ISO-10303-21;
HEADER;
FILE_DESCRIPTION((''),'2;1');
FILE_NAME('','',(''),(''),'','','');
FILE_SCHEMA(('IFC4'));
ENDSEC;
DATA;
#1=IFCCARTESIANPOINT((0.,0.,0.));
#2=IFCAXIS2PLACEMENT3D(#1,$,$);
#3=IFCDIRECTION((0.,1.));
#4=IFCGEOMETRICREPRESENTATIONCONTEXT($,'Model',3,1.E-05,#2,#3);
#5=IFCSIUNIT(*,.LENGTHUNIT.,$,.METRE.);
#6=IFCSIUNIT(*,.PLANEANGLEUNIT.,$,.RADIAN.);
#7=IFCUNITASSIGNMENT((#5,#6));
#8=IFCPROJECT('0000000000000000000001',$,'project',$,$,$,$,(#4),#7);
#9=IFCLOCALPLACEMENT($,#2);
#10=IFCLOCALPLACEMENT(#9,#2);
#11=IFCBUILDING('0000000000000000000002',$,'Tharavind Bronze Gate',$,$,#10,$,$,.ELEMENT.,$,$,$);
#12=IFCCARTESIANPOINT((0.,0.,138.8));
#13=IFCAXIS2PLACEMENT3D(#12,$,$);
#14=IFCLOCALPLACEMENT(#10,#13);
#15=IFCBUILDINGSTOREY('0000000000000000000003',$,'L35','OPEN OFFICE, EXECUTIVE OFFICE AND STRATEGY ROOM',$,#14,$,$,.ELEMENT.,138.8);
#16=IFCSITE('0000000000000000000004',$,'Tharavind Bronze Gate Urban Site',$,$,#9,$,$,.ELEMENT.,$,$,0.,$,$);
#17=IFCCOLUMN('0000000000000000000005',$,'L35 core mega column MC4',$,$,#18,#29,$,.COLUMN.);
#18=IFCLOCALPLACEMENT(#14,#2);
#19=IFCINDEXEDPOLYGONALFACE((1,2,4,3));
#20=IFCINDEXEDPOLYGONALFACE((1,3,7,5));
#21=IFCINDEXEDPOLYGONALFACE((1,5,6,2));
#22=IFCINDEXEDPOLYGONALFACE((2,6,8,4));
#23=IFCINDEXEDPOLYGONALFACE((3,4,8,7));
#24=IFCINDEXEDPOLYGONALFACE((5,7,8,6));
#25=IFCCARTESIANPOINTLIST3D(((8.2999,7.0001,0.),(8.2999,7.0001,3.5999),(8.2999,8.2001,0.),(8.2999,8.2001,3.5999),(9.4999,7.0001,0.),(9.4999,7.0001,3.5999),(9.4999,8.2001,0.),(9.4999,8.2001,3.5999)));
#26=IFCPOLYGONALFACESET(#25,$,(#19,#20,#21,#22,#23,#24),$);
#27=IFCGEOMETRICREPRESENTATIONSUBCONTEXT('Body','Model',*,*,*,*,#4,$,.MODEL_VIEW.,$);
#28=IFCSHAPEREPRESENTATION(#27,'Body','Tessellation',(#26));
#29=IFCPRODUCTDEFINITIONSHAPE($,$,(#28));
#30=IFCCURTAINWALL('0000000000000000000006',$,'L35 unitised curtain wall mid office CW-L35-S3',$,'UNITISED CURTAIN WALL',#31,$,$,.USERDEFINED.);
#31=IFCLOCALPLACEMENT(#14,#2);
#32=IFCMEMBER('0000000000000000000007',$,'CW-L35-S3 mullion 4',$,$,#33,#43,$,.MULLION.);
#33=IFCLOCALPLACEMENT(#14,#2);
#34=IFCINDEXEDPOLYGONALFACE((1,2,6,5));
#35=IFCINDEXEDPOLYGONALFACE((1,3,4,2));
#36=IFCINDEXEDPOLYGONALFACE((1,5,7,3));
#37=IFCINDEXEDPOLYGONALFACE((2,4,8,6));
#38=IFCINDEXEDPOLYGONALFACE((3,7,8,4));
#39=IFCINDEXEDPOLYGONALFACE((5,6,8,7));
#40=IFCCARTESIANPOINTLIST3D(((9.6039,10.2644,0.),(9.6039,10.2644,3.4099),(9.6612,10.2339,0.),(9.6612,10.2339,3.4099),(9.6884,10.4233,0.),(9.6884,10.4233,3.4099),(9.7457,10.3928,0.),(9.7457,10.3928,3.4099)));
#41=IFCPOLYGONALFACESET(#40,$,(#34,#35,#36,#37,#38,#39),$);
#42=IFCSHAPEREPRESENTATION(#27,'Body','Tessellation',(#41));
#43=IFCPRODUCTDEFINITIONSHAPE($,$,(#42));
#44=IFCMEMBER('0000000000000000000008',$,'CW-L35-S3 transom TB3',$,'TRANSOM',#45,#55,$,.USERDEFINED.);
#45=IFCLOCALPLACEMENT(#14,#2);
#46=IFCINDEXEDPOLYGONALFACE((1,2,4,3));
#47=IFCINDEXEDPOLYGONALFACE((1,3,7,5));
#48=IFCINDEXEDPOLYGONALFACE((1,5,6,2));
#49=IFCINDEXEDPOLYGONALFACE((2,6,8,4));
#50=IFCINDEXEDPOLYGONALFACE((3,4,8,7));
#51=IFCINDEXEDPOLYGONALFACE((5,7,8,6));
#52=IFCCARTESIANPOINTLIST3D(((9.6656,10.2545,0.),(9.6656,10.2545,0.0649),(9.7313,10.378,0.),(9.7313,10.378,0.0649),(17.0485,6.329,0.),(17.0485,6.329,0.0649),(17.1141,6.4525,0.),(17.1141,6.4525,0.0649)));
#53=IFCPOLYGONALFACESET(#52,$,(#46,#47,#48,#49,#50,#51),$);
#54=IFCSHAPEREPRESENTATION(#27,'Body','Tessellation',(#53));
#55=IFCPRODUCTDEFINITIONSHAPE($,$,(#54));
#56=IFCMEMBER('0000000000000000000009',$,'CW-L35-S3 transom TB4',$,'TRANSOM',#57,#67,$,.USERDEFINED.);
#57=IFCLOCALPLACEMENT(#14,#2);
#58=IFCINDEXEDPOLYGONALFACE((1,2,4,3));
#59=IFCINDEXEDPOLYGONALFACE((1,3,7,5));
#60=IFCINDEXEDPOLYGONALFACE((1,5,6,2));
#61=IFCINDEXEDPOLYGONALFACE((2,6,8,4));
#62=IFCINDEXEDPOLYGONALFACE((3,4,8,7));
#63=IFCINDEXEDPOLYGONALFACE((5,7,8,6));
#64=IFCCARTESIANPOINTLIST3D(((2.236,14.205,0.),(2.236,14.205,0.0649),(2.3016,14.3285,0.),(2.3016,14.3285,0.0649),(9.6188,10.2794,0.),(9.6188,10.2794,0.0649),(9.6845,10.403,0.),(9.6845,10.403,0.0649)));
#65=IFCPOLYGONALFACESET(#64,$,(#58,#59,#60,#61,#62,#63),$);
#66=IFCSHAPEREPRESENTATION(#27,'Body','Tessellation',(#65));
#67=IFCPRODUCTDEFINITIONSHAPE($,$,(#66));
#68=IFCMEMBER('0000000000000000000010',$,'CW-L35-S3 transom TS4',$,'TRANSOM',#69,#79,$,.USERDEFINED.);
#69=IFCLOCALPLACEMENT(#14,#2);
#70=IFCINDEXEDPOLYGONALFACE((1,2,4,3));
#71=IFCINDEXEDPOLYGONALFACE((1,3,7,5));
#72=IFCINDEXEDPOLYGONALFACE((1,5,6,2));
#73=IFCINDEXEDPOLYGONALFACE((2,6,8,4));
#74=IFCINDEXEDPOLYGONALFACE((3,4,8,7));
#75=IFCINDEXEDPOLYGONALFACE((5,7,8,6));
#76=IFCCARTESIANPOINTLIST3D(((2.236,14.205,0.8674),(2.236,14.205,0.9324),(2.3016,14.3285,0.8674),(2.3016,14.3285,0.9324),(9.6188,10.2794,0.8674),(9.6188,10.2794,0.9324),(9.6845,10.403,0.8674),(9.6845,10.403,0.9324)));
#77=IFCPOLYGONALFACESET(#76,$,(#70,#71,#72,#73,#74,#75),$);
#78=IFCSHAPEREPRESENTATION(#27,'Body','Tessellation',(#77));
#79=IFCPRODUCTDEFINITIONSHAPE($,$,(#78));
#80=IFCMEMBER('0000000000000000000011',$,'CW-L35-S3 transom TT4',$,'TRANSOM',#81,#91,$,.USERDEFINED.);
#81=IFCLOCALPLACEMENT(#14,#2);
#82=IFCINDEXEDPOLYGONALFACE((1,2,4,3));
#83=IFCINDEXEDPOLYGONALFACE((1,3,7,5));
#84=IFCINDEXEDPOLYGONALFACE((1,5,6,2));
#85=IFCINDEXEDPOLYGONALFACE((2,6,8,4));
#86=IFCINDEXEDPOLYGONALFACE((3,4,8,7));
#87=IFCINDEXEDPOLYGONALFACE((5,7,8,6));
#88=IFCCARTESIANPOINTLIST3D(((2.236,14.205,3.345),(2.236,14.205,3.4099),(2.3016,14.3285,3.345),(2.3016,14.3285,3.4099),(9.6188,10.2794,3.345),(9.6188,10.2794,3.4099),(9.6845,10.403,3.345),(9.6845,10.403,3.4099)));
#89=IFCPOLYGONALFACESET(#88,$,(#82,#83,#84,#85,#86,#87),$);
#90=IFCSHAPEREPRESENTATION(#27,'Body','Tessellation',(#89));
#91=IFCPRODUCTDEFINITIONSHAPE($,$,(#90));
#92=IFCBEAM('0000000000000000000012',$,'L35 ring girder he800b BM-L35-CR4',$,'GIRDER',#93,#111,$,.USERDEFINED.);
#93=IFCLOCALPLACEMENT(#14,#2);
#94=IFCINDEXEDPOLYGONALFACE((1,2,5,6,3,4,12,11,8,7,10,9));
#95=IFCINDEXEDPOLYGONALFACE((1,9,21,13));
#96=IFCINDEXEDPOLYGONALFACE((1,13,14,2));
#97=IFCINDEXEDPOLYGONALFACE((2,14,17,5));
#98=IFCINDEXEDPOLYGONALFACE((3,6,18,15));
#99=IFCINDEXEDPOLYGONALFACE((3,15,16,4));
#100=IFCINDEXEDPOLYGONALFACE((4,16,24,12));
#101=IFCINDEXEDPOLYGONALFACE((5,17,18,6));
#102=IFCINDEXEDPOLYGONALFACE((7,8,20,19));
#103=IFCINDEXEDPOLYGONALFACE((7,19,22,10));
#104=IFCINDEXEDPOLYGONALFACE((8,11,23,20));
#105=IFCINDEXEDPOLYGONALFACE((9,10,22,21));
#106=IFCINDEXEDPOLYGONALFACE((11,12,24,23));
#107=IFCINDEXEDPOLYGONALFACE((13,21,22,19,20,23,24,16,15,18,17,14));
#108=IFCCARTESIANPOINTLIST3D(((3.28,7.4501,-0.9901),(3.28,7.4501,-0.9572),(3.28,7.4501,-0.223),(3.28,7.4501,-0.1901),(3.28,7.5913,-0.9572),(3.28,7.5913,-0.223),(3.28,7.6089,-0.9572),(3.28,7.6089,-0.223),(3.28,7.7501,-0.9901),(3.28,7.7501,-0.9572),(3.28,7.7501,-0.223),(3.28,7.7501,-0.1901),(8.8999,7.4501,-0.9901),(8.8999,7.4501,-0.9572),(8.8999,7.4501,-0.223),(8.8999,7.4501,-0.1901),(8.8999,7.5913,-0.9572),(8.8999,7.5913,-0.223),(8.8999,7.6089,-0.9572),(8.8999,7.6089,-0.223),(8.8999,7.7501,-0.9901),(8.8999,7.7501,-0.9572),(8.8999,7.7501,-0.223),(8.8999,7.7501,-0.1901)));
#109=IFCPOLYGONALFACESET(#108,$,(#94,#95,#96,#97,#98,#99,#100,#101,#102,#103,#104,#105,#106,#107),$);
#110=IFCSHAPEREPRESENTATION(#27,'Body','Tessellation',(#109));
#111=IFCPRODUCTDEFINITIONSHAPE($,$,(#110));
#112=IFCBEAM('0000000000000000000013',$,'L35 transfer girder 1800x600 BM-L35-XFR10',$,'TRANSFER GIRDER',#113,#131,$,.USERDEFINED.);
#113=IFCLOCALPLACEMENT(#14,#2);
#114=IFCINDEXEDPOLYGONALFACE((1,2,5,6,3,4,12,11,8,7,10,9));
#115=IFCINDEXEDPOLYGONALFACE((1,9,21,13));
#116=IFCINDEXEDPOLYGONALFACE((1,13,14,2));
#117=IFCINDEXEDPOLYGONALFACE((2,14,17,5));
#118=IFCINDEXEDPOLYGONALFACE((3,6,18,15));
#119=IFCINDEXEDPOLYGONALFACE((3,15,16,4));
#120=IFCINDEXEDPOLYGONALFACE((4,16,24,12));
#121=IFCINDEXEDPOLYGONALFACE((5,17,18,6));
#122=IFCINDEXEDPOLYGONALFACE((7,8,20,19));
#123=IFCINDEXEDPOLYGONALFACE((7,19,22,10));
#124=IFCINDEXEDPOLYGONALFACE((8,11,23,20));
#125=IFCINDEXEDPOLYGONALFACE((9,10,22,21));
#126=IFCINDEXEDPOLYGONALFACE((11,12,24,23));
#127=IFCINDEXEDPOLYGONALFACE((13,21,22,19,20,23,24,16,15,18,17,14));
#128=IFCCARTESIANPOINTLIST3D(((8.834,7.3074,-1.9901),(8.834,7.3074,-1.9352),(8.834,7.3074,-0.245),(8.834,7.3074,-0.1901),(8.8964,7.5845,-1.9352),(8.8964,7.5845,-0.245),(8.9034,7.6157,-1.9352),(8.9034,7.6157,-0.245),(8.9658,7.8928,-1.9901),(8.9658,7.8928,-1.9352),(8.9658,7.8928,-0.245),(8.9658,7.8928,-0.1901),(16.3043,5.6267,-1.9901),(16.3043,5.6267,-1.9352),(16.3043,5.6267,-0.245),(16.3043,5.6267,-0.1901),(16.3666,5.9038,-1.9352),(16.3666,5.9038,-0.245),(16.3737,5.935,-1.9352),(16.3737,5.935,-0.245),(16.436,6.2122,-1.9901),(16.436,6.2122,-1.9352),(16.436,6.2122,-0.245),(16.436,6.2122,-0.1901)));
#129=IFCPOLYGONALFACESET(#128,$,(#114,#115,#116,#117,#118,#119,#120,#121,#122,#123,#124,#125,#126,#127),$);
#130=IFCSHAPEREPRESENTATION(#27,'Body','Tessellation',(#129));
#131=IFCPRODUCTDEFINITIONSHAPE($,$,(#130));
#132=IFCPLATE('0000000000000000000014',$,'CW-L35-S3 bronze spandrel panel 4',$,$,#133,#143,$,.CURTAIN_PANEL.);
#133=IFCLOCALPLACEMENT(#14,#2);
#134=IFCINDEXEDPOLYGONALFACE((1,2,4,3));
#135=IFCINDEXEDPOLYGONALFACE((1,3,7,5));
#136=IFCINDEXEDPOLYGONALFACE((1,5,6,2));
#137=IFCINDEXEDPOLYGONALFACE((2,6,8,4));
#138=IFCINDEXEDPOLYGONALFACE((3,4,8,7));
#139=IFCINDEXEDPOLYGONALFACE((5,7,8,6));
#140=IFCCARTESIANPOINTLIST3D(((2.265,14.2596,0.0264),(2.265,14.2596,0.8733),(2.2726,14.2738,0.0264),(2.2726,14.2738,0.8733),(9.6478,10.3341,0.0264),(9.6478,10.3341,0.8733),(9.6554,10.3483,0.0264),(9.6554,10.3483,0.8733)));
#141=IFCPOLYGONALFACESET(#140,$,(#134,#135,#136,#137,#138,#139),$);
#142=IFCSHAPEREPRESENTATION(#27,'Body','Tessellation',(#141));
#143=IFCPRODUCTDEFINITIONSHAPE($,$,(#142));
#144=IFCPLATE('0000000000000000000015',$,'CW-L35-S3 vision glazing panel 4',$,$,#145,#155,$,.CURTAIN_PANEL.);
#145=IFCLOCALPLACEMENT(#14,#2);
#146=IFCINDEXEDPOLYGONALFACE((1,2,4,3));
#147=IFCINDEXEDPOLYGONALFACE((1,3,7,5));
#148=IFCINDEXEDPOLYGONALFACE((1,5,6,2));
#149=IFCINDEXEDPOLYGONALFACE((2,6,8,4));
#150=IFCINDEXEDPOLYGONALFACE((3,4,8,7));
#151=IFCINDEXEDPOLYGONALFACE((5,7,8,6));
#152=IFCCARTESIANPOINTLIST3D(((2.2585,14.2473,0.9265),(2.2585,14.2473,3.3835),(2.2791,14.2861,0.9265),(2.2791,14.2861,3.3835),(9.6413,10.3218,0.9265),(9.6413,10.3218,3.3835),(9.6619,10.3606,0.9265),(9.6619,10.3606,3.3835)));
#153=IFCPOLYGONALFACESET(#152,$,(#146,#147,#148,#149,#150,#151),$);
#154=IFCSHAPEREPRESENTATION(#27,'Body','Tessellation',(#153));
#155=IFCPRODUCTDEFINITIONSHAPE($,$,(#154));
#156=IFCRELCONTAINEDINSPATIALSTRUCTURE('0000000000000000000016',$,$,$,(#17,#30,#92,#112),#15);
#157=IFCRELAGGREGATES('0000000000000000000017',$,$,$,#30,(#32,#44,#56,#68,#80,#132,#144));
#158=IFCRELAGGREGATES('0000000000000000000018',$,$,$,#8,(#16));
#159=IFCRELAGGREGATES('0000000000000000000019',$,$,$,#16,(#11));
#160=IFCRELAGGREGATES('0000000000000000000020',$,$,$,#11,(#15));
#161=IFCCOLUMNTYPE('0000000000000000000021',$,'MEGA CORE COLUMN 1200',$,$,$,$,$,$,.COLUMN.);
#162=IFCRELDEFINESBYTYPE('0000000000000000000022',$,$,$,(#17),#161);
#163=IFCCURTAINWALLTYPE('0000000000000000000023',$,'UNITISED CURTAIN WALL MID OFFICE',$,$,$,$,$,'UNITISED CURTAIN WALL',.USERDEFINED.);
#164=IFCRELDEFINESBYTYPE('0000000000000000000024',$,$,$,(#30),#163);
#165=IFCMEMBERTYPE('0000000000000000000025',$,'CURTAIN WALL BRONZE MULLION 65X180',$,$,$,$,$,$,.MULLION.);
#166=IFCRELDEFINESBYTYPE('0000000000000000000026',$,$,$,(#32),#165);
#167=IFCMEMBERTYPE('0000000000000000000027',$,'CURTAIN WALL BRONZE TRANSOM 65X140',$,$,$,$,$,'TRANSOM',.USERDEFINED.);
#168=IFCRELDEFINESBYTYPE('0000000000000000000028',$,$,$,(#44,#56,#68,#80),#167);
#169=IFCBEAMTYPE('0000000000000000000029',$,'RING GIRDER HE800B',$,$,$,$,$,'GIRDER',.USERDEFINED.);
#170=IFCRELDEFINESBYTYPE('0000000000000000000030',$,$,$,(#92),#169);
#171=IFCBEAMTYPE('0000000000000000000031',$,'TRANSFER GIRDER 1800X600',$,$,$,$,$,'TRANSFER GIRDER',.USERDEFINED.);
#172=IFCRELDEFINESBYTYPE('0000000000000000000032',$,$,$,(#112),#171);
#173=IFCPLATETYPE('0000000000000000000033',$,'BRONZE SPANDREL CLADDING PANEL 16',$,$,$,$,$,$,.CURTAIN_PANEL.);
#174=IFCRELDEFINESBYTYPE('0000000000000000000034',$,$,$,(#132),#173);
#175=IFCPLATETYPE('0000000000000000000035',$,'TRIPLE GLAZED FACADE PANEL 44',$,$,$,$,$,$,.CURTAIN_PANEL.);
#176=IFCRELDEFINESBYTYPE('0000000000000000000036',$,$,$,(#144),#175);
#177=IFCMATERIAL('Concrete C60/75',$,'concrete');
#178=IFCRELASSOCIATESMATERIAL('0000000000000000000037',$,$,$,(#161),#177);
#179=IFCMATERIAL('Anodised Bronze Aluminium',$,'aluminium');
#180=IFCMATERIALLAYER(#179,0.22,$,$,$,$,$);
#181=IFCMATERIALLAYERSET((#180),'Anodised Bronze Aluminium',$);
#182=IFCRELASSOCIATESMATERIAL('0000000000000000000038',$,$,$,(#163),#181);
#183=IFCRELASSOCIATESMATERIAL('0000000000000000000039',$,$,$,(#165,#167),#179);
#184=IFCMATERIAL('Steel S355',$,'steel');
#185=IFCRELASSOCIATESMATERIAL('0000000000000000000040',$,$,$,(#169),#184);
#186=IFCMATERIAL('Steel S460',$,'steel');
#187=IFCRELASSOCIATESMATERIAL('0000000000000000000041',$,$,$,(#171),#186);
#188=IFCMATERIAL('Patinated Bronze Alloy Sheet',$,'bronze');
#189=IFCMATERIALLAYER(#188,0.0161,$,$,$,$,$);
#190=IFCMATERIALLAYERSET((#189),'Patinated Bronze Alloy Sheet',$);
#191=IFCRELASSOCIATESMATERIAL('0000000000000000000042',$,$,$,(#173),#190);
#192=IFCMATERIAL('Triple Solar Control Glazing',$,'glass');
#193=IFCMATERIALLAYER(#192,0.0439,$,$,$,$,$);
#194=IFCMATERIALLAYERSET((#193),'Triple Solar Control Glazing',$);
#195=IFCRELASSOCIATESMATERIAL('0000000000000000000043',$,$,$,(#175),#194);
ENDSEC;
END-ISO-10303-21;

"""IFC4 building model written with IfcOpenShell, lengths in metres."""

from ifc_helpers import new_model, si_unit, direction, frame, origin, origin_2d, place, context, subcontext, project, spatial, rectangle, i_section, extrude, material, layer, layer_set, material_profile, profile_set, type_object, element, aggregate, save


model = new_model("IFC4")

# Units and contexts
model_context = context("Model", 3, precision=1e-05, world=origin(), true_north=direction((0.0, 1.0)))
body_context = subcontext(model_context, "Body", "Model", "MODEL_VIEW")
ifc_project = project(units=[si_unit("LENGTHUNIT", "METRE"), si_unit("PLANEANGLEUNIT", "RADIAN")], contexts=[model_context])

# Site, building, storey
site_placement = place(None, origin())
site = spatial("IfcSite", under=ifc_project, at=site_placement, Name="Tharavind Bronze Gate Urban Site", CompositionType="ELEMENT", RefElevation=0.0)
building_placement = place(site_placement, origin())
building = spatial("IfcBuilding", under=site, at=building_placement, Name="Tharavind Bronze Gate", CompositionType="ELEMENT")
storey_placement = place(building_placement, frame((0.0, 0.0, 138.8)))
storey = spatial("IfcBuildingStorey", under=building, at=storey_placement, Name="L35", Description="OPEN OFFICE, EXECUTIVE OFFICE AND STRATEGY ROOM", CompositionType="ELEMENT", Elevation=138.8)

# Column
ifc_material_1 = material(Name="Concrete C60/75", Category="concrete")
ifc_material_profile_1 = material_profile(ifc_material_1, rectangle(XDim=1.2, YDim=1.2, at=origin_2d()), Name="RCCOL1200")
ifc_profile_set_1 = profile_set([ifc_material_profile_1], Name="Concrete C60/75")
column_type = type_object("IfcColumnType", Name="MEGA CORE COLUMN 1200", PredefinedType="COLUMN", material=ifc_profile_set_1)
column_placement = place(storey_placement, frame((8.8999, 7.6001, 0.0), z_axis=(0.0, 0.0, 1.0), x_axis=(1.0, 0.0, 0.0)))
element("IfcColumn", 1, at=column_placement, inside=storey, type_object=column_type, Name="L35 core mega column MC4", PredefinedType="COLUMN", context=body_context, shape_type="SweptSolid", body=[
    extrude(rectangle(XDim=1.2, YDim=1.2, at=origin_2d()), origin(), (0.0, 0.0, 1.0), 3.5999),
])

# Curtain wall, members
ifc_material_2 = material(Name="Anodised Bronze Aluminium", Category="aluminium")
ifc_layer_1 = layer(ifc_material_2, 0.22)
ifc_layer_set_1 = layer_set([ifc_layer_1], Name="Anodised Bronze Aluminium")
curtain_wall_type = type_object("IfcCurtainWallType", Name="UNITISED CURTAIN WALL MID OFFICE", ElementType="UNITISED CURTAIN WALL", PredefinedType="USERDEFINED", material=ifc_layer_set_1)
curtain_wall_placement = place(storey_placement, origin())
curtain_wall = element("IfcCurtainWall", 2, at=curtain_wall_placement, inside=storey, type_object=curtain_wall_type, Name="L35 unitised curtain wall mid office CW-L35-S3", ObjectType="UNITISED CURTAIN WALL", PredefinedType="USERDEFINED")
member_type_1 = type_object("IfcMemberType", Name="CURTAIN WALL BRONZE MULLION 65X180", PredefinedType="MULLION", material=ifc_material_2)
member_1_placement = place(storey_placement, frame((9.6748, 10.3286, 0.0), z_axis=(0.0, 0.0, 1.0), x_axis=(-0.882948, 0.469472, 0.0)))
member_1 = element("IfcMember", 3, at=member_1_placement, type_object=member_type_1, Name="CW-L35-S3 mullion 4", PredefinedType="MULLION", context=body_context, shape_type="SweptSolid", body=[
    extrude(rectangle(XDim=0.0649, YDim=0.1799, at=origin_2d()), origin(), (0.0, 0.0, 1.0), 3.4099),
])
member_type_2 = type_object("IfcMemberType", Name="CURTAIN WALL BRONZE TRANSOM 65X140", ElementType="TRANSOM", PredefinedType="USERDEFINED", material=ifc_material_2)
member_2_placement = place(storey_placement, frame((13.3899, 8.3535, 0.0), z_axis=(0.0, 0.0, 1.0), x_axis=(-0.882948, 0.469472, 0.0)))
member_2 = element("IfcMember", 4, at=member_2_placement, type_object=member_type_2, Name="CW-L35-S3 transom TB3", ObjectType="TRANSOM", PredefinedType="USERDEFINED", context=body_context, shape_type="SweptSolid", body=[
    extrude(rectangle(XDim=8.3616, YDim=0.1399, at=origin_2d()), origin(), (0.0, 0.0, 1.0), 0.0649),
])
member_3_placement = place(storey_placement, frame((5.9602, 12.304, 0.0), z_axis=(0.0, 0.0, 1.0), x_axis=(-0.882948, 0.469472, 0.0)))
member_3 = element("IfcMember", 5, at=member_3_placement, type_object=member_type_2, Name="CW-L35-S3 transom TB4", ObjectType="TRANSOM", PredefinedType="USERDEFINED", context=body_context, shape_type="SweptSolid", body=[
    extrude(rectangle(XDim=8.3616, YDim=0.1399, at=origin_2d()), origin(), (0.0, 0.0, 1.0), 0.0649),
])
member_4_placement = place(storey_placement, frame((5.9602, 12.304, 0.8674), z_axis=(0.0, 0.0, 1.0), x_axis=(-0.882948, 0.469472, 0.0)))
member_4 = element("IfcMember", 6, at=member_4_placement, type_object=member_type_2, Name="CW-L35-S3 transom TS4", ObjectType="TRANSOM", PredefinedType="USERDEFINED", context=body_context, shape_type="SweptSolid", body=[
    extrude(rectangle(XDim=8.3616, YDim=0.1399, at=origin_2d()), origin(), (0.0, 0.0, 1.0), 0.0649),
])
member_5_placement = place(storey_placement, frame((5.9602, 12.304, 3.345), z_axis=(0.0, 0.0, 1.0), x_axis=(-0.882948, 0.469472, 0.0)))
member_5 = element("IfcMember", 7, at=member_5_placement, type_object=member_type_2, Name="CW-L35-S3 transom TT4", ObjectType="TRANSOM", PredefinedType="USERDEFINED", context=body_context, shape_type="SweptSolid", body=[
    extrude(rectangle(XDim=8.3616, YDim=0.1399, at=origin_2d()), origin(), (0.0, 0.0, 1.0), 0.0649),
])

# Beams
ifc_material_3 = material(Name="Steel S355", Category="steel")
ifc_material_profile_2 = material_profile(ifc_material_3, i_section(OverallWidth=0.3, OverallDepth=0.8, WebThickness=0.0176, FlangeThickness=0.033, at=origin_2d()), Name="HE800B")
ifc_profile_set_2 = profile_set([ifc_material_profile_2], Name="Steel S355")
beam_type_1 = type_object("IfcBeamType", Name="RING GIRDER HE800B", ElementType="GIRDER", PredefinedType="USERDEFINED", material=ifc_profile_set_2)
beam_1_placement = place(storey_placement, frame((8.8999, 7.6001, -0.5901), z_axis=(-1.0, 0.0, 0.0), x_axis=(0.0, -1.0, 0.0)))
element("IfcBeam", 8, at=beam_1_placement, inside=storey, type_object=beam_type_1, Name="L35 ring girder he800b BM-L35-CR4", ObjectType="GIRDER", PredefinedType="USERDEFINED", context=body_context, shape_type="SweptSolid", body=[
    extrude(i_section(OverallWidth=0.3, OverallDepth=0.8, WebThickness=0.0176, FlangeThickness=0.033, at=origin_2d()), origin(), (0.0, 0.0, 1.0), 5.6199),
])
ifc_material_4 = material(Name="Steel S460", Category="steel")
ifc_material_profile_3 = material_profile(ifc_material_4, i_section(OverallWidth=0.6001, OverallDepth=1.8, WebThickness=0.032, FlangeThickness=0.0549, at=origin_2d()), Name="PG1800X600")
ifc_profile_set_3 = profile_set([ifc_material_profile_3], Name="Steel S460")
beam_type_2 = type_object("IfcBeamType", Name="TRANSFER GIRDER 1800X600", ElementType="TRANSFER GIRDER", PredefinedType="USERDEFINED", material=ifc_profile_set_3)
beam_2_placement = place(storey_placement, frame((8.8999, 7.6001, -1.0901), z_axis=(0.975614, -0.219496, 0.0), x_axis=(0.219496, 0.975614, 0.0)))
element("IfcBeam", 9, at=beam_2_placement, inside=storey, type_object=beam_type_2, Name="L35 transfer girder 1800x600 BM-L35-XFR10", ObjectType="TRANSFER GIRDER", PredefinedType="USERDEFINED", context=body_context, shape_type="SweptSolid", body=[
    extrude(i_section(OverallWidth=0.6001, OverallDepth=1.8, WebThickness=0.032, FlangeThickness=0.0549, at=origin_2d()), origin(), (0.0, 0.0, 1.0), 7.657),
])

# Plates
ifc_material_5 = material(Name="Patinated Bronze Alloy Sheet", Category="bronze")
ifc_layer_2 = layer(ifc_material_5, 0.0161)
ifc_layer_set_2 = layer_set([ifc_layer_2], Name="Patinated Bronze Alloy Sheet")
plate_type_1 = type_object("IfcPlateType", Name="BRONZE SPANDREL CLADDING PANEL 16", PredefinedType="CURTAIN_PANEL", material=ifc_layer_set_2)
plate_1_placement = place(storey_placement, frame((5.9602, 12.304, 0.0264), z_axis=(0.0, 0.0, 1.0), x_axis=(-0.882948, 0.469472, 0.0)))
plate_1 = element("IfcPlate", 10, at=plate_1_placement, type_object=plate_type_1, Name="CW-L35-S3 bronze spandrel panel 4", PredefinedType="CURTAIN_PANEL", context=body_context, shape_type="SweptSolid", body=[
    extrude(rectangle(XDim=8.3616, YDim=0.0161, at=origin_2d()), origin(), (0.0, 0.0, 1.0), 0.8469),
])
ifc_material_6 = material(Name="Triple Solar Control Glazing", Category="glass")
ifc_layer_3 = layer(ifc_material_6, 0.0439)
ifc_layer_set_3 = layer_set([ifc_layer_3], Name="Triple Solar Control Glazing")
plate_type_2 = type_object("IfcPlateType", Name="TRIPLE GLAZED FACADE PANEL 44", PredefinedType="CURTAIN_PANEL", material=ifc_layer_set_3)
plate_2_placement = place(storey_placement, frame((5.9602, 12.304, 0.9265), z_axis=(0.0, 0.0, 1.0), x_axis=(-0.882948, 0.469472, 0.0)))
plate_2 = element("IfcPlate", 11, at=plate_2_placement, type_object=plate_type_2, Name="CW-L35-S3 vision glazing panel 4", PredefinedType="CURTAIN_PANEL", context=body_context, shape_type="SweptSolid", body=[
    extrude(rectangle(XDim=8.3616, YDim=0.0439, at=origin_2d()), origin(), (0.0, 0.0, 1.0), 2.457),
])
aggregate(curtain_wall, [member_1, member_2, member_3, member_4, member_5, plate_1, plate_2])

save(model, "model.ifc")
